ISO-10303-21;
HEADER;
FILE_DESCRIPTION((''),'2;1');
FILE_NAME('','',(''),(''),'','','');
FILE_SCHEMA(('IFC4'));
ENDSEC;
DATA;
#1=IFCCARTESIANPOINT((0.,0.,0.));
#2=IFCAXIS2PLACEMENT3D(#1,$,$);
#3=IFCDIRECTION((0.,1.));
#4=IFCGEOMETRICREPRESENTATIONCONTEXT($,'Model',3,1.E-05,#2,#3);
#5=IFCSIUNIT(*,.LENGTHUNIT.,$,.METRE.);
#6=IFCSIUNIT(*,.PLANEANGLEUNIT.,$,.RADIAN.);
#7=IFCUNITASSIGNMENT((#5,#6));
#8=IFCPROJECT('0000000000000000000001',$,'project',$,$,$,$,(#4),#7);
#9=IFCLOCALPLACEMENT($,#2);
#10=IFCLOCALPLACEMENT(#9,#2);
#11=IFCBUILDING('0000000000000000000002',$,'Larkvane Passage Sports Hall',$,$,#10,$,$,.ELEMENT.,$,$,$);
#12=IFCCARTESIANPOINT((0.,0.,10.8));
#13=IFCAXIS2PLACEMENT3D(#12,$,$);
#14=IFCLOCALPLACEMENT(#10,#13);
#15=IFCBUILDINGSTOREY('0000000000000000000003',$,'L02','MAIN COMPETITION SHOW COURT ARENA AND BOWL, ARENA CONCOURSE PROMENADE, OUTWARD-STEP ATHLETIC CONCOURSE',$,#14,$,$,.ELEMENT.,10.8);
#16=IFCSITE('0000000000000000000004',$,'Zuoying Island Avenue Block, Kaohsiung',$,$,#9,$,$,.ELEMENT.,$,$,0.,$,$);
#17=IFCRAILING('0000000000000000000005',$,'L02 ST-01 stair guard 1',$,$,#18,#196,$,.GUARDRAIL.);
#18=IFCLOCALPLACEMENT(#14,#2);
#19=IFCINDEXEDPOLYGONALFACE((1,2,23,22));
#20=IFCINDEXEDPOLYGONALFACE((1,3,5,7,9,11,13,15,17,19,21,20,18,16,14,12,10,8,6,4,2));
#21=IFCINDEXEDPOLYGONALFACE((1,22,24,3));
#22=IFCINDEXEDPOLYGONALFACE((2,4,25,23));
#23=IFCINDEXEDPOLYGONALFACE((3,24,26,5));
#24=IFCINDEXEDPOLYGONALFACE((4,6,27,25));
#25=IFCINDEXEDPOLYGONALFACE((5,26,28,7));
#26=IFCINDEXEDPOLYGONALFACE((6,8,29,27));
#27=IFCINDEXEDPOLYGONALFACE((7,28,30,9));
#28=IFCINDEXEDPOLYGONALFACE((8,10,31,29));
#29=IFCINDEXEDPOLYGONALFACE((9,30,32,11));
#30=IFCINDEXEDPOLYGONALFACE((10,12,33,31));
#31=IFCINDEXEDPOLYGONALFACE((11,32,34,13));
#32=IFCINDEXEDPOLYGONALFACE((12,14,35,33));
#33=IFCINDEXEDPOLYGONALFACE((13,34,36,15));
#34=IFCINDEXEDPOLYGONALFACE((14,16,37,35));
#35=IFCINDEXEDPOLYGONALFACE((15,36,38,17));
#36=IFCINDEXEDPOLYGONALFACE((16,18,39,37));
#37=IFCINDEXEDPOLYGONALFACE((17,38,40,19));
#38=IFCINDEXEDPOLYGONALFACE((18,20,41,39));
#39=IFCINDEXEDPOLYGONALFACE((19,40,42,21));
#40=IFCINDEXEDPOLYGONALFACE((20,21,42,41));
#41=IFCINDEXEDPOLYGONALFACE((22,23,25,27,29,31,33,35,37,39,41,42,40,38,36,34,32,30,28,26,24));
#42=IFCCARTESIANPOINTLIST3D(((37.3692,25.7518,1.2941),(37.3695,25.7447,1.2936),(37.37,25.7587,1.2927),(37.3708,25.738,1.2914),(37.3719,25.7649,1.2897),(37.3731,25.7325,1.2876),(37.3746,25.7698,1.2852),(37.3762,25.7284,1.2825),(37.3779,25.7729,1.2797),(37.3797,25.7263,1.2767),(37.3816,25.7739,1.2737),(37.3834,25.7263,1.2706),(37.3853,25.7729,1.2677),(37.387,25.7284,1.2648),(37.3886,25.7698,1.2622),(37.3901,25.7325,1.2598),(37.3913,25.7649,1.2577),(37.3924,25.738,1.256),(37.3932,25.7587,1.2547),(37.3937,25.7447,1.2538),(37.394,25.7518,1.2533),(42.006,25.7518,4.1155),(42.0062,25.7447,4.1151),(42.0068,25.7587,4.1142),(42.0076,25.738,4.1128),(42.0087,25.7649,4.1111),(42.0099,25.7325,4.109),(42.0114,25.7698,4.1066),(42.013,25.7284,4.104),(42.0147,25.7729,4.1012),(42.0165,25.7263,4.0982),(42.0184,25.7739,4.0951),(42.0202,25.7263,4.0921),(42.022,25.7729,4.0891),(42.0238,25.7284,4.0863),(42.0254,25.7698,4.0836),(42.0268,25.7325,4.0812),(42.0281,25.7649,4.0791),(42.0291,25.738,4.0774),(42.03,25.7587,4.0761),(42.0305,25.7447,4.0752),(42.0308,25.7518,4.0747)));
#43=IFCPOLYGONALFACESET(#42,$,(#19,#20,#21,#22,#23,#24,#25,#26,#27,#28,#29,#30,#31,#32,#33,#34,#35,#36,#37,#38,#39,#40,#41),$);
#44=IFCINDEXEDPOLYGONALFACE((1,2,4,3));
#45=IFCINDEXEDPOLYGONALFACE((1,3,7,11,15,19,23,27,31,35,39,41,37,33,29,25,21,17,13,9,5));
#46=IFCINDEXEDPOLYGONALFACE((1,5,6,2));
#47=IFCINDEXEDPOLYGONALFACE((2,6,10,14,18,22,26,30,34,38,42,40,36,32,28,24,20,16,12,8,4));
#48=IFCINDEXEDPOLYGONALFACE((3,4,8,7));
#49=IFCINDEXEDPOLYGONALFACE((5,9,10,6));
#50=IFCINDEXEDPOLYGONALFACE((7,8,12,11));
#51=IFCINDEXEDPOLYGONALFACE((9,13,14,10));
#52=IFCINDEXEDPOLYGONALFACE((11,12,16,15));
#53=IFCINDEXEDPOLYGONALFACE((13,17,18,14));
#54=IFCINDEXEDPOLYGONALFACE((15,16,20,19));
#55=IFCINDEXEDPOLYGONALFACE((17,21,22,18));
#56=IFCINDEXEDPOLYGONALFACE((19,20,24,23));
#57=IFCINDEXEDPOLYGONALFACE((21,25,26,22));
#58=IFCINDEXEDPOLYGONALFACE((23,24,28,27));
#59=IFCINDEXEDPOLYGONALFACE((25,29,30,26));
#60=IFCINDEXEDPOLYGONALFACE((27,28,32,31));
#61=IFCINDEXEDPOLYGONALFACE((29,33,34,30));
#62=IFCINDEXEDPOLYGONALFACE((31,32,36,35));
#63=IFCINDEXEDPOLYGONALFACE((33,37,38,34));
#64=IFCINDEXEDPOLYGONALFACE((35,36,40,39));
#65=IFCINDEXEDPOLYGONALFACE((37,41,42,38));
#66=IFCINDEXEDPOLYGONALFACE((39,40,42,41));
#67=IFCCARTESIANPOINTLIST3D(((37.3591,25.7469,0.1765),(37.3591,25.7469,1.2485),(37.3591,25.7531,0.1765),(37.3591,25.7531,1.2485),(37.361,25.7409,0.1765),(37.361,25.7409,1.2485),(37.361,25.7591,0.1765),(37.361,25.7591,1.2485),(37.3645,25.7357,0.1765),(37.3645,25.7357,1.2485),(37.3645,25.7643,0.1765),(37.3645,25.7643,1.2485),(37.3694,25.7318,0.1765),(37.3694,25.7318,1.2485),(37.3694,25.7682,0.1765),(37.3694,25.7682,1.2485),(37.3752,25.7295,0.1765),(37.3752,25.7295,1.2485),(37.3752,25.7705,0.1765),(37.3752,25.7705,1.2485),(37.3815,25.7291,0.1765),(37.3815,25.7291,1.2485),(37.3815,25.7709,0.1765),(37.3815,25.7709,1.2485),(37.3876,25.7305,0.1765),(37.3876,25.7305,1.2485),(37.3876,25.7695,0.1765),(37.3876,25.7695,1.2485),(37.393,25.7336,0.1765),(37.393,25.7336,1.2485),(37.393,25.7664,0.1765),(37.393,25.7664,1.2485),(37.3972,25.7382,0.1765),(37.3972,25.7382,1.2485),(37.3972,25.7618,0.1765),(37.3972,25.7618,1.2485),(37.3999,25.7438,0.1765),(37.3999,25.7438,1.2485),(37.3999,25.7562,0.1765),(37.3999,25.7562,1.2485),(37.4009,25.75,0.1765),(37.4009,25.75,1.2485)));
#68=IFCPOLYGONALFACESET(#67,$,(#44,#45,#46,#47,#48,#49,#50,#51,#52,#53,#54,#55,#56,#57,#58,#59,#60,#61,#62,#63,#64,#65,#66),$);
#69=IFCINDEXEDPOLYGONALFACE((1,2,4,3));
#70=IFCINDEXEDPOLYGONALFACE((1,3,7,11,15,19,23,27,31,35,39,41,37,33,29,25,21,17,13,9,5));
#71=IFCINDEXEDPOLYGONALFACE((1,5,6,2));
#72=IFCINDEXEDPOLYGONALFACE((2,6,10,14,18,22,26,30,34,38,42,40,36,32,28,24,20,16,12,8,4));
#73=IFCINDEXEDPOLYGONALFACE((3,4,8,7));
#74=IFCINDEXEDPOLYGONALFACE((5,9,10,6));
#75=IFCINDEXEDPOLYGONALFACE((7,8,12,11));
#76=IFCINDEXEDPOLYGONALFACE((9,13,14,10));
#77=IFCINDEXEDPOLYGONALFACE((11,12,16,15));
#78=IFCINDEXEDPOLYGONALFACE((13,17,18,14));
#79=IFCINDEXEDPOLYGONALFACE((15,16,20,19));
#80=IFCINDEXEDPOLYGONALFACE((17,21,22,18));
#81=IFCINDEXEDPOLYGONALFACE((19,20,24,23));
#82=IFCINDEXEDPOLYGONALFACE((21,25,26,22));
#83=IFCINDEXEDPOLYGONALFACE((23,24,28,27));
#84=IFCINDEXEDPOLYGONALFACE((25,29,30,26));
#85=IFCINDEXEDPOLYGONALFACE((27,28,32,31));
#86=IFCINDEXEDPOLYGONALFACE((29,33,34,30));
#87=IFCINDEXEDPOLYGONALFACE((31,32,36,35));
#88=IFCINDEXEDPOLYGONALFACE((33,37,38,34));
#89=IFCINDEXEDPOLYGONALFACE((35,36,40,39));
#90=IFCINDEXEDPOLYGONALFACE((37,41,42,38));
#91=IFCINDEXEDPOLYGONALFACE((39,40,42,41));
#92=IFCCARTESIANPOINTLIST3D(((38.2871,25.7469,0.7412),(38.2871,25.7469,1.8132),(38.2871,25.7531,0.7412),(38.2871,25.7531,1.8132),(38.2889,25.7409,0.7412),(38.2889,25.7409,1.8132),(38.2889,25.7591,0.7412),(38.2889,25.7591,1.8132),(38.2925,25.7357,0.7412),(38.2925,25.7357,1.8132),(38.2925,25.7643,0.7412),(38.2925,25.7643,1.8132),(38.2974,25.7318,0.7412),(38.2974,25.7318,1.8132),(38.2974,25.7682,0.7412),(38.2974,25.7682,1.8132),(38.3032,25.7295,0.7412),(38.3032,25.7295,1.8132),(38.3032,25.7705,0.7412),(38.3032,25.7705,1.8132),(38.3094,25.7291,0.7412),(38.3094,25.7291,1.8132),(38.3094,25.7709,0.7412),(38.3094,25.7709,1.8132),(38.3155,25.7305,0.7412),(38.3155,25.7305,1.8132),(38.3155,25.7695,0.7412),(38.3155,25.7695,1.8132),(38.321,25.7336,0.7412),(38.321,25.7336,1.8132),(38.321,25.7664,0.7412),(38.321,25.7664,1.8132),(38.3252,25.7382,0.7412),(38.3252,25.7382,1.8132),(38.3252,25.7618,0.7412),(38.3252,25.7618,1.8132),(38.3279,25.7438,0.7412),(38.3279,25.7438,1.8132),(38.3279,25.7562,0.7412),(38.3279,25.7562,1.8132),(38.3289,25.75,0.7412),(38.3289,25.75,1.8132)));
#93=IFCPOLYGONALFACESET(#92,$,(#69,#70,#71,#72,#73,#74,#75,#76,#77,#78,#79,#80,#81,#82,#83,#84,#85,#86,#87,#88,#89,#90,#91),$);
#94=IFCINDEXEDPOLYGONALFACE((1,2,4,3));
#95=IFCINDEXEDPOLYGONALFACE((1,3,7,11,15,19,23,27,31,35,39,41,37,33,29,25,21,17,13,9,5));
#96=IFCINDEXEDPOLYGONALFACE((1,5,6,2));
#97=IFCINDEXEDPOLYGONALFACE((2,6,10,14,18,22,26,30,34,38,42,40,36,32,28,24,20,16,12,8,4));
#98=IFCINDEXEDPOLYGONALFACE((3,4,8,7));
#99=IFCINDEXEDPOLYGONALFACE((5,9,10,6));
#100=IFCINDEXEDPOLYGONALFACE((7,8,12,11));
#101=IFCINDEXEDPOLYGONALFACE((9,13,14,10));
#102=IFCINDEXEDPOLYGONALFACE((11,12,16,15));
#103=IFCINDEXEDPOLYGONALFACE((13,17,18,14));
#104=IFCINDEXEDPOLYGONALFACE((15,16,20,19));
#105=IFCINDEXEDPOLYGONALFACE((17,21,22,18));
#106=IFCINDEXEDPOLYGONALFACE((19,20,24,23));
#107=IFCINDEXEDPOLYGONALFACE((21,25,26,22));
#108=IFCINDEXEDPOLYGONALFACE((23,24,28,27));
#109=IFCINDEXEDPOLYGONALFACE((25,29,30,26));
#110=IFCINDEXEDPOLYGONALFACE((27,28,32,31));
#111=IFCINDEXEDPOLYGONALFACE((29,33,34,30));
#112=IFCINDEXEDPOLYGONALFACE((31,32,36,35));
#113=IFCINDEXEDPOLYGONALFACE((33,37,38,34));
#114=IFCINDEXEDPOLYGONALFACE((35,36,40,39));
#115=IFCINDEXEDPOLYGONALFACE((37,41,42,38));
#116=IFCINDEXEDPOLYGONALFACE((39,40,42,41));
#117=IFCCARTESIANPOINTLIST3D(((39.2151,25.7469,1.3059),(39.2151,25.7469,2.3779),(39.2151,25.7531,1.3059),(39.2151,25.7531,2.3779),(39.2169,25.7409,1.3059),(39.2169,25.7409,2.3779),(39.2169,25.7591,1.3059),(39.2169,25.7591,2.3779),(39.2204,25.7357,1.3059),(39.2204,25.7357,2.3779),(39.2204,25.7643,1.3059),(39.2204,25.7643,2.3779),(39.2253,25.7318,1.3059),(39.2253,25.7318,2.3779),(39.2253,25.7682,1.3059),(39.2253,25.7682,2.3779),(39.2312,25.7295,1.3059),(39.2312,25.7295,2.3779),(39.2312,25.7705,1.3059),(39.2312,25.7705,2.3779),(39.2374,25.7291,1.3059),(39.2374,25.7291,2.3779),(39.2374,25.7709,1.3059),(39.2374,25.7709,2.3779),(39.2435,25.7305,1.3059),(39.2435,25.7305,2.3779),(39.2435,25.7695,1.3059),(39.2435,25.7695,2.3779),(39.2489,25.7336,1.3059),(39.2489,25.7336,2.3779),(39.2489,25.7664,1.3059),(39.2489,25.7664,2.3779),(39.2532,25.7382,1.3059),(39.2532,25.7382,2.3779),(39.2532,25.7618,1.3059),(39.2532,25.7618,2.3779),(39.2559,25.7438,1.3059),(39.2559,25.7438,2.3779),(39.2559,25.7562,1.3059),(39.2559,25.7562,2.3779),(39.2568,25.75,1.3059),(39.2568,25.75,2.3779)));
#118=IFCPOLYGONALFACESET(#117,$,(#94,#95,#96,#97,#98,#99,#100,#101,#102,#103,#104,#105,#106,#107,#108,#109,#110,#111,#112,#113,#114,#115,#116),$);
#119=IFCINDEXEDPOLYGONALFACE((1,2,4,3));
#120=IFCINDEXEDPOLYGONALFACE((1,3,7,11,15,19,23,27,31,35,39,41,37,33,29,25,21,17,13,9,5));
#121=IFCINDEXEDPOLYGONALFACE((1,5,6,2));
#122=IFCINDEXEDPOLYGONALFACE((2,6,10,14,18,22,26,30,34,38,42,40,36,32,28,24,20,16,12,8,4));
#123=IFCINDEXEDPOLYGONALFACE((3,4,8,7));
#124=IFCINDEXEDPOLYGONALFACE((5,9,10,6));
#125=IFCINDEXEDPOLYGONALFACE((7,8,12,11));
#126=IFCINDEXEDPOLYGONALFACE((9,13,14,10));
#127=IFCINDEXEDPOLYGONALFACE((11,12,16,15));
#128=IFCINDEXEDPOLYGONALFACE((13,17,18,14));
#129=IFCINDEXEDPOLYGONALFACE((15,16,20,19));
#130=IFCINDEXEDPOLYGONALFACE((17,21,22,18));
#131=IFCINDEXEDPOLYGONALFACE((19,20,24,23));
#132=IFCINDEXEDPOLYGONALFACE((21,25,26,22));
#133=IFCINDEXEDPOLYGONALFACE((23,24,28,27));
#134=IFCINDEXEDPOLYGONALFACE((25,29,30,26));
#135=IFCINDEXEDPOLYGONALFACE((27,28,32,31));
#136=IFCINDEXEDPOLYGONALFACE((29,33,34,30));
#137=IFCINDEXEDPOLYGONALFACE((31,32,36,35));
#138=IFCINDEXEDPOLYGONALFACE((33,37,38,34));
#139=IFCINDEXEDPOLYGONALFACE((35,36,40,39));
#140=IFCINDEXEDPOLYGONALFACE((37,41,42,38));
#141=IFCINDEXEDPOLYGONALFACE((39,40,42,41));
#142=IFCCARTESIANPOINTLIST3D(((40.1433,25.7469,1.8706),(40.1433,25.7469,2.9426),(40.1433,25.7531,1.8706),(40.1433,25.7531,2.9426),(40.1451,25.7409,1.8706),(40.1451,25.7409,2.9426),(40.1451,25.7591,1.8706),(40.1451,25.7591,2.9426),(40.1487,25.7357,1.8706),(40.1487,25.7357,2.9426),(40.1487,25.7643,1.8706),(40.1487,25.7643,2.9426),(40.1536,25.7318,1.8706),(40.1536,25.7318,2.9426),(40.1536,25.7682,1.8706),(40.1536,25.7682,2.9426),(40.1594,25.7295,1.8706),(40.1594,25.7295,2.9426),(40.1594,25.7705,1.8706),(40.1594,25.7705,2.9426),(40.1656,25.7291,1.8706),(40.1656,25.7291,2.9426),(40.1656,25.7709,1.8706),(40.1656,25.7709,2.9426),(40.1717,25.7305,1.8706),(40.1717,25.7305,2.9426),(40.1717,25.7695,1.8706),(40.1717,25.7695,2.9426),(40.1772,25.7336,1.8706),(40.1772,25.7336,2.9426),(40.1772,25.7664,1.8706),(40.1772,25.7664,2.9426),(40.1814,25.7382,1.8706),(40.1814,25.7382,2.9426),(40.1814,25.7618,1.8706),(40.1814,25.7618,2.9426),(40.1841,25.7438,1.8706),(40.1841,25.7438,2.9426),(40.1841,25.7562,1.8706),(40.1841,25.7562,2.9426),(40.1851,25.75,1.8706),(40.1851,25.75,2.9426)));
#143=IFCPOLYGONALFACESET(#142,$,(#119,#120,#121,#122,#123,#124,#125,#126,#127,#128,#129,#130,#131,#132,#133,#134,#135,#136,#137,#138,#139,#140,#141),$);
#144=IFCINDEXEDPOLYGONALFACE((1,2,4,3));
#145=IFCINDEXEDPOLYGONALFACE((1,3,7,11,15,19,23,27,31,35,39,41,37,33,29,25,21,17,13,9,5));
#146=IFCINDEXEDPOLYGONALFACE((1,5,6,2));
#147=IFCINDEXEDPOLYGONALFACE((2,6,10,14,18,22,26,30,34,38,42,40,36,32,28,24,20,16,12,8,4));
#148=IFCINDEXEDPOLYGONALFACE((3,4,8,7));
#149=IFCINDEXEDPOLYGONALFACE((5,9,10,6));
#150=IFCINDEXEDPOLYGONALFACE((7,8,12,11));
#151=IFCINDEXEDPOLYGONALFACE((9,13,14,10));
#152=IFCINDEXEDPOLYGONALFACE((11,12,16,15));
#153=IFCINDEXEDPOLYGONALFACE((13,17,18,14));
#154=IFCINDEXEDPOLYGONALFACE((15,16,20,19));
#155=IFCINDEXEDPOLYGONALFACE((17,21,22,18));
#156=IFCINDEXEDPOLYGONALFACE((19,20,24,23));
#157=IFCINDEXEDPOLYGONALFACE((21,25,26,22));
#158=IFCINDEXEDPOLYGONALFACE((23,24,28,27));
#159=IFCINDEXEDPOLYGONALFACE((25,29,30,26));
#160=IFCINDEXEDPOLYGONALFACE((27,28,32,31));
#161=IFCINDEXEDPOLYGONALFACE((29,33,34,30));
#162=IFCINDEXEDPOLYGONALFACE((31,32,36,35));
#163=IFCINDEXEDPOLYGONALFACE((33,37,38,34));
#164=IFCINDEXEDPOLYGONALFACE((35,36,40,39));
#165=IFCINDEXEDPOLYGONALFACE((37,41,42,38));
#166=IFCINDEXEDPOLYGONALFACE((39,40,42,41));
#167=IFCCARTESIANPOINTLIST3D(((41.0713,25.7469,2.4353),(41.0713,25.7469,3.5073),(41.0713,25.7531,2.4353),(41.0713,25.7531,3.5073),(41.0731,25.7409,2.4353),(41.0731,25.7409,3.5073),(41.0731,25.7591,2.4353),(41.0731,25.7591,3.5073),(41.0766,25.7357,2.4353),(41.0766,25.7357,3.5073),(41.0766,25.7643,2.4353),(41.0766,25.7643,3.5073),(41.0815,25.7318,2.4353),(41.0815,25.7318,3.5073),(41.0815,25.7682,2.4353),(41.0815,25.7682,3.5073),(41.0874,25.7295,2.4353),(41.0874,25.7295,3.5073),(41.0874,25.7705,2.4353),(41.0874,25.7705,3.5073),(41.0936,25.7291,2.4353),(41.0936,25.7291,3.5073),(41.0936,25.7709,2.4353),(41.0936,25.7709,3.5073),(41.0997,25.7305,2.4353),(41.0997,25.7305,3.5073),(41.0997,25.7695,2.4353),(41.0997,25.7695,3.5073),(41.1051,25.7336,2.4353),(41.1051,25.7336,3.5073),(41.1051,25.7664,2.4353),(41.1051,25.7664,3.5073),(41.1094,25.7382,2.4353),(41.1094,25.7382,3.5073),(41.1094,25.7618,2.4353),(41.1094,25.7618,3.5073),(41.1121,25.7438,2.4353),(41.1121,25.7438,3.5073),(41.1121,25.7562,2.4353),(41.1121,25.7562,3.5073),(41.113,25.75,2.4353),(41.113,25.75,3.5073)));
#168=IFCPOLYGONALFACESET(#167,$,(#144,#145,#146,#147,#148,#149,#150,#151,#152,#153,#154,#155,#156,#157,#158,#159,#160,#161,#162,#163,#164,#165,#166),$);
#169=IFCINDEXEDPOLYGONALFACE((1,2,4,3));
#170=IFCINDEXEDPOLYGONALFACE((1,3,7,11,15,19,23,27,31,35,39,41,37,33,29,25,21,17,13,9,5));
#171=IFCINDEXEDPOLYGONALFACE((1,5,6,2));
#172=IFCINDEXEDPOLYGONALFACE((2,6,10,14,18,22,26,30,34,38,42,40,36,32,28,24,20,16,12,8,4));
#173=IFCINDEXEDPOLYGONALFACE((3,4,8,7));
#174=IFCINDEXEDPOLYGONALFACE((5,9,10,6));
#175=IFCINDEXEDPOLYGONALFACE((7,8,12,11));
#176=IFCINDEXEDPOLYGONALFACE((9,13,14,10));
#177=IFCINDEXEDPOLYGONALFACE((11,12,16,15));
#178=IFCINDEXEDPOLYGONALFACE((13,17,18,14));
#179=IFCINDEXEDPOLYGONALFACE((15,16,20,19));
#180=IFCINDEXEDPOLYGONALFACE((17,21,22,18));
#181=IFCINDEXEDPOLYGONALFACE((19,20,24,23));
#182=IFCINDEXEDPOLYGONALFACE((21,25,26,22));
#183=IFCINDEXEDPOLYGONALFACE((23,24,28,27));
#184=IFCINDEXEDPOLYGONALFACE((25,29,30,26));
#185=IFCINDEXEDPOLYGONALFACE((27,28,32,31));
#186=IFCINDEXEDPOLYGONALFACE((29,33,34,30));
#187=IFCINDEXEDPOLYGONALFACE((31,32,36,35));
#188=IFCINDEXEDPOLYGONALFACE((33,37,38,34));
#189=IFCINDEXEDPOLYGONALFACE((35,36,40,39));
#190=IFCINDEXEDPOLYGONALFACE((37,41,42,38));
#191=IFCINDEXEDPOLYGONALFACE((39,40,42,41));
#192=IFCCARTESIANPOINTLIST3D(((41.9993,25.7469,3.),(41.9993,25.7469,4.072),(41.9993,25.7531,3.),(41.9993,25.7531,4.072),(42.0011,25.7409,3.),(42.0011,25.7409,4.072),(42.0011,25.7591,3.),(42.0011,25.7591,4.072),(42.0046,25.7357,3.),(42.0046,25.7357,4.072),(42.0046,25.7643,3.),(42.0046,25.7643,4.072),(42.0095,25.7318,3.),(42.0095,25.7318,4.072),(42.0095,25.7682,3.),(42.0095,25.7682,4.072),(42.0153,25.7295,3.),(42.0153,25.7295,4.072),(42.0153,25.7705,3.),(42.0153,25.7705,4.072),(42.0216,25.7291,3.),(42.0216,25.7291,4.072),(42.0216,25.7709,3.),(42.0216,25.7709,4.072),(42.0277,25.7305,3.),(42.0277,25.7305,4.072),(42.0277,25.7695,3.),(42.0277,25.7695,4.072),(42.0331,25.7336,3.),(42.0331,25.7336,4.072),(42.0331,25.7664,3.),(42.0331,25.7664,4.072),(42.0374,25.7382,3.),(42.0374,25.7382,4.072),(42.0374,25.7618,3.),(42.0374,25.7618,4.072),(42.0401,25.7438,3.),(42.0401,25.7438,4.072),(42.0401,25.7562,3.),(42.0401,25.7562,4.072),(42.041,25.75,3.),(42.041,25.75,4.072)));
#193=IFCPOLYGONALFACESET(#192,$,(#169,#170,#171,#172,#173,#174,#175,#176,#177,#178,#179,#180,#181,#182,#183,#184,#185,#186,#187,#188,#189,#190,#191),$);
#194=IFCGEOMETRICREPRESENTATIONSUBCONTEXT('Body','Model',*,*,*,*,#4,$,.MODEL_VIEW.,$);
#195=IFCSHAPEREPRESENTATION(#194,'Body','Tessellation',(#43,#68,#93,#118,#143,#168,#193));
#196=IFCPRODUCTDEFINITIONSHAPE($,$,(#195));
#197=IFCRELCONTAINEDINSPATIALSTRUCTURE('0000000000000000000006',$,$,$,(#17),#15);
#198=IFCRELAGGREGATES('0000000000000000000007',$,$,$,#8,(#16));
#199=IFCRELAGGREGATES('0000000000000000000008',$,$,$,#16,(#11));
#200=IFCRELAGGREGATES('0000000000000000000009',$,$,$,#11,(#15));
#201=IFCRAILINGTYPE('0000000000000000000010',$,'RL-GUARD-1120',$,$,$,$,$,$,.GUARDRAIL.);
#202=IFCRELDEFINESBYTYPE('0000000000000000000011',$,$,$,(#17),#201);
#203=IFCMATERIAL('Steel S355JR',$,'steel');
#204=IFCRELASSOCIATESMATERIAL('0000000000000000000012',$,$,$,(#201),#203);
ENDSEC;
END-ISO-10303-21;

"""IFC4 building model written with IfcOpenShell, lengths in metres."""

from ifc_helpers import new_model, si_unit, direction, frame, origin, origin_2d, place, context, subcontext, project, spatial, circle, extrude, material, type_object, element, save


model = new_model("IFC4")

# Units and contexts
model_context = context("Model", 3, precision=1e-05, world=origin(), true_north=direction((0.0, 1.0)))
body_context = subcontext(model_context, "Body", "Model", "MODEL_VIEW")
ifc_project = project(units=[si_unit("LENGTHUNIT", "METRE"), si_unit("PLANEANGLEUNIT", "RADIAN")], contexts=[model_context])

# Site, building, storey
site_placement = place(None, origin())
site = spatial("IfcSite", under=ifc_project, at=site_placement, Name="Zuoying Island Avenue Block, Kaohsiung", CompositionType="ELEMENT", RefElevation=0.0)
building_placement = place(site_placement, origin())
building = spatial("IfcBuilding", under=site, at=building_placement, Name="Larkvane Passage Sports Hall", CompositionType="ELEMENT")
storey_placement = place(building_placement, frame((0.0, 0.0, 10.8)))
storey = spatial("IfcBuildingStorey", under=building, at=storey_placement, Name="L02", Description="MAIN COMPETITION SHOW COURT ARENA AND BOWL, ARENA CONCOURSE PROMENADE, OUTWARD-STEP ATHLETIC CONCOURSE", CompositionType="ELEMENT", Elevation=10.8)

# Railing
ifc_material_1 = material(Name="Steel S355JR", Category="steel")
railing_type_1 = type_object("IfcRailingType", Name="RL-GUARD-1120", PredefinedType="GUARDRAIL", material=ifc_material_1)
railing_1_placement = place(storey_placement, frame((37.3799, 25.75, 0.1765)))
element("IfcRailing", 1, at=railing_1_placement, inside=storey, type_object=railing_type_1, Name="L02 ST-01 stair guard 1", PredefinedType="GUARDRAIL", context=body_context, shape_type="SweptSolid", body=[
    extrude(circle(Radius=0.0239, at=origin_2d()), frame((0.0017, 0.0, 1.0972), z_axis=(0.854276, 0.0, 0.51982), x_axis=(0.0, 1.0, 0.0)), (0.0, 0.0, 1.0), 5.4277),
    extrude(circle(Radius=0.021, at=origin_2d()), origin(), (0.0, 0.0, 1.0), 1.072),
    extrude(circle(Radius=0.021, at=origin_2d()), frame((0.928, 0.0, 0.5647)), (0.0, 0.0, 1.0), 1.072),
    extrude(circle(Radius=0.021, at=origin_2d()), frame((1.856, 0.0, 1.1294)), (0.0, 0.0, 1.0), 1.072),
    extrude(circle(Radius=0.021, at=origin_2d()), frame((2.7842, 0.0, 1.6941)), (0.0, 0.0, 1.0), 1.072),
    extrude(circle(Radius=0.021, at=origin_2d()), frame((3.7122, 0.0, 2.2588)), (0.0, 0.0, 1.0), 1.072),
    extrude(circle(Radius=0.021, at=origin_2d()), frame((4.6401, 0.0, 2.8235)), (0.0, 0.0, 1.0), 1.072),
])

save(model, "model.ifc")
